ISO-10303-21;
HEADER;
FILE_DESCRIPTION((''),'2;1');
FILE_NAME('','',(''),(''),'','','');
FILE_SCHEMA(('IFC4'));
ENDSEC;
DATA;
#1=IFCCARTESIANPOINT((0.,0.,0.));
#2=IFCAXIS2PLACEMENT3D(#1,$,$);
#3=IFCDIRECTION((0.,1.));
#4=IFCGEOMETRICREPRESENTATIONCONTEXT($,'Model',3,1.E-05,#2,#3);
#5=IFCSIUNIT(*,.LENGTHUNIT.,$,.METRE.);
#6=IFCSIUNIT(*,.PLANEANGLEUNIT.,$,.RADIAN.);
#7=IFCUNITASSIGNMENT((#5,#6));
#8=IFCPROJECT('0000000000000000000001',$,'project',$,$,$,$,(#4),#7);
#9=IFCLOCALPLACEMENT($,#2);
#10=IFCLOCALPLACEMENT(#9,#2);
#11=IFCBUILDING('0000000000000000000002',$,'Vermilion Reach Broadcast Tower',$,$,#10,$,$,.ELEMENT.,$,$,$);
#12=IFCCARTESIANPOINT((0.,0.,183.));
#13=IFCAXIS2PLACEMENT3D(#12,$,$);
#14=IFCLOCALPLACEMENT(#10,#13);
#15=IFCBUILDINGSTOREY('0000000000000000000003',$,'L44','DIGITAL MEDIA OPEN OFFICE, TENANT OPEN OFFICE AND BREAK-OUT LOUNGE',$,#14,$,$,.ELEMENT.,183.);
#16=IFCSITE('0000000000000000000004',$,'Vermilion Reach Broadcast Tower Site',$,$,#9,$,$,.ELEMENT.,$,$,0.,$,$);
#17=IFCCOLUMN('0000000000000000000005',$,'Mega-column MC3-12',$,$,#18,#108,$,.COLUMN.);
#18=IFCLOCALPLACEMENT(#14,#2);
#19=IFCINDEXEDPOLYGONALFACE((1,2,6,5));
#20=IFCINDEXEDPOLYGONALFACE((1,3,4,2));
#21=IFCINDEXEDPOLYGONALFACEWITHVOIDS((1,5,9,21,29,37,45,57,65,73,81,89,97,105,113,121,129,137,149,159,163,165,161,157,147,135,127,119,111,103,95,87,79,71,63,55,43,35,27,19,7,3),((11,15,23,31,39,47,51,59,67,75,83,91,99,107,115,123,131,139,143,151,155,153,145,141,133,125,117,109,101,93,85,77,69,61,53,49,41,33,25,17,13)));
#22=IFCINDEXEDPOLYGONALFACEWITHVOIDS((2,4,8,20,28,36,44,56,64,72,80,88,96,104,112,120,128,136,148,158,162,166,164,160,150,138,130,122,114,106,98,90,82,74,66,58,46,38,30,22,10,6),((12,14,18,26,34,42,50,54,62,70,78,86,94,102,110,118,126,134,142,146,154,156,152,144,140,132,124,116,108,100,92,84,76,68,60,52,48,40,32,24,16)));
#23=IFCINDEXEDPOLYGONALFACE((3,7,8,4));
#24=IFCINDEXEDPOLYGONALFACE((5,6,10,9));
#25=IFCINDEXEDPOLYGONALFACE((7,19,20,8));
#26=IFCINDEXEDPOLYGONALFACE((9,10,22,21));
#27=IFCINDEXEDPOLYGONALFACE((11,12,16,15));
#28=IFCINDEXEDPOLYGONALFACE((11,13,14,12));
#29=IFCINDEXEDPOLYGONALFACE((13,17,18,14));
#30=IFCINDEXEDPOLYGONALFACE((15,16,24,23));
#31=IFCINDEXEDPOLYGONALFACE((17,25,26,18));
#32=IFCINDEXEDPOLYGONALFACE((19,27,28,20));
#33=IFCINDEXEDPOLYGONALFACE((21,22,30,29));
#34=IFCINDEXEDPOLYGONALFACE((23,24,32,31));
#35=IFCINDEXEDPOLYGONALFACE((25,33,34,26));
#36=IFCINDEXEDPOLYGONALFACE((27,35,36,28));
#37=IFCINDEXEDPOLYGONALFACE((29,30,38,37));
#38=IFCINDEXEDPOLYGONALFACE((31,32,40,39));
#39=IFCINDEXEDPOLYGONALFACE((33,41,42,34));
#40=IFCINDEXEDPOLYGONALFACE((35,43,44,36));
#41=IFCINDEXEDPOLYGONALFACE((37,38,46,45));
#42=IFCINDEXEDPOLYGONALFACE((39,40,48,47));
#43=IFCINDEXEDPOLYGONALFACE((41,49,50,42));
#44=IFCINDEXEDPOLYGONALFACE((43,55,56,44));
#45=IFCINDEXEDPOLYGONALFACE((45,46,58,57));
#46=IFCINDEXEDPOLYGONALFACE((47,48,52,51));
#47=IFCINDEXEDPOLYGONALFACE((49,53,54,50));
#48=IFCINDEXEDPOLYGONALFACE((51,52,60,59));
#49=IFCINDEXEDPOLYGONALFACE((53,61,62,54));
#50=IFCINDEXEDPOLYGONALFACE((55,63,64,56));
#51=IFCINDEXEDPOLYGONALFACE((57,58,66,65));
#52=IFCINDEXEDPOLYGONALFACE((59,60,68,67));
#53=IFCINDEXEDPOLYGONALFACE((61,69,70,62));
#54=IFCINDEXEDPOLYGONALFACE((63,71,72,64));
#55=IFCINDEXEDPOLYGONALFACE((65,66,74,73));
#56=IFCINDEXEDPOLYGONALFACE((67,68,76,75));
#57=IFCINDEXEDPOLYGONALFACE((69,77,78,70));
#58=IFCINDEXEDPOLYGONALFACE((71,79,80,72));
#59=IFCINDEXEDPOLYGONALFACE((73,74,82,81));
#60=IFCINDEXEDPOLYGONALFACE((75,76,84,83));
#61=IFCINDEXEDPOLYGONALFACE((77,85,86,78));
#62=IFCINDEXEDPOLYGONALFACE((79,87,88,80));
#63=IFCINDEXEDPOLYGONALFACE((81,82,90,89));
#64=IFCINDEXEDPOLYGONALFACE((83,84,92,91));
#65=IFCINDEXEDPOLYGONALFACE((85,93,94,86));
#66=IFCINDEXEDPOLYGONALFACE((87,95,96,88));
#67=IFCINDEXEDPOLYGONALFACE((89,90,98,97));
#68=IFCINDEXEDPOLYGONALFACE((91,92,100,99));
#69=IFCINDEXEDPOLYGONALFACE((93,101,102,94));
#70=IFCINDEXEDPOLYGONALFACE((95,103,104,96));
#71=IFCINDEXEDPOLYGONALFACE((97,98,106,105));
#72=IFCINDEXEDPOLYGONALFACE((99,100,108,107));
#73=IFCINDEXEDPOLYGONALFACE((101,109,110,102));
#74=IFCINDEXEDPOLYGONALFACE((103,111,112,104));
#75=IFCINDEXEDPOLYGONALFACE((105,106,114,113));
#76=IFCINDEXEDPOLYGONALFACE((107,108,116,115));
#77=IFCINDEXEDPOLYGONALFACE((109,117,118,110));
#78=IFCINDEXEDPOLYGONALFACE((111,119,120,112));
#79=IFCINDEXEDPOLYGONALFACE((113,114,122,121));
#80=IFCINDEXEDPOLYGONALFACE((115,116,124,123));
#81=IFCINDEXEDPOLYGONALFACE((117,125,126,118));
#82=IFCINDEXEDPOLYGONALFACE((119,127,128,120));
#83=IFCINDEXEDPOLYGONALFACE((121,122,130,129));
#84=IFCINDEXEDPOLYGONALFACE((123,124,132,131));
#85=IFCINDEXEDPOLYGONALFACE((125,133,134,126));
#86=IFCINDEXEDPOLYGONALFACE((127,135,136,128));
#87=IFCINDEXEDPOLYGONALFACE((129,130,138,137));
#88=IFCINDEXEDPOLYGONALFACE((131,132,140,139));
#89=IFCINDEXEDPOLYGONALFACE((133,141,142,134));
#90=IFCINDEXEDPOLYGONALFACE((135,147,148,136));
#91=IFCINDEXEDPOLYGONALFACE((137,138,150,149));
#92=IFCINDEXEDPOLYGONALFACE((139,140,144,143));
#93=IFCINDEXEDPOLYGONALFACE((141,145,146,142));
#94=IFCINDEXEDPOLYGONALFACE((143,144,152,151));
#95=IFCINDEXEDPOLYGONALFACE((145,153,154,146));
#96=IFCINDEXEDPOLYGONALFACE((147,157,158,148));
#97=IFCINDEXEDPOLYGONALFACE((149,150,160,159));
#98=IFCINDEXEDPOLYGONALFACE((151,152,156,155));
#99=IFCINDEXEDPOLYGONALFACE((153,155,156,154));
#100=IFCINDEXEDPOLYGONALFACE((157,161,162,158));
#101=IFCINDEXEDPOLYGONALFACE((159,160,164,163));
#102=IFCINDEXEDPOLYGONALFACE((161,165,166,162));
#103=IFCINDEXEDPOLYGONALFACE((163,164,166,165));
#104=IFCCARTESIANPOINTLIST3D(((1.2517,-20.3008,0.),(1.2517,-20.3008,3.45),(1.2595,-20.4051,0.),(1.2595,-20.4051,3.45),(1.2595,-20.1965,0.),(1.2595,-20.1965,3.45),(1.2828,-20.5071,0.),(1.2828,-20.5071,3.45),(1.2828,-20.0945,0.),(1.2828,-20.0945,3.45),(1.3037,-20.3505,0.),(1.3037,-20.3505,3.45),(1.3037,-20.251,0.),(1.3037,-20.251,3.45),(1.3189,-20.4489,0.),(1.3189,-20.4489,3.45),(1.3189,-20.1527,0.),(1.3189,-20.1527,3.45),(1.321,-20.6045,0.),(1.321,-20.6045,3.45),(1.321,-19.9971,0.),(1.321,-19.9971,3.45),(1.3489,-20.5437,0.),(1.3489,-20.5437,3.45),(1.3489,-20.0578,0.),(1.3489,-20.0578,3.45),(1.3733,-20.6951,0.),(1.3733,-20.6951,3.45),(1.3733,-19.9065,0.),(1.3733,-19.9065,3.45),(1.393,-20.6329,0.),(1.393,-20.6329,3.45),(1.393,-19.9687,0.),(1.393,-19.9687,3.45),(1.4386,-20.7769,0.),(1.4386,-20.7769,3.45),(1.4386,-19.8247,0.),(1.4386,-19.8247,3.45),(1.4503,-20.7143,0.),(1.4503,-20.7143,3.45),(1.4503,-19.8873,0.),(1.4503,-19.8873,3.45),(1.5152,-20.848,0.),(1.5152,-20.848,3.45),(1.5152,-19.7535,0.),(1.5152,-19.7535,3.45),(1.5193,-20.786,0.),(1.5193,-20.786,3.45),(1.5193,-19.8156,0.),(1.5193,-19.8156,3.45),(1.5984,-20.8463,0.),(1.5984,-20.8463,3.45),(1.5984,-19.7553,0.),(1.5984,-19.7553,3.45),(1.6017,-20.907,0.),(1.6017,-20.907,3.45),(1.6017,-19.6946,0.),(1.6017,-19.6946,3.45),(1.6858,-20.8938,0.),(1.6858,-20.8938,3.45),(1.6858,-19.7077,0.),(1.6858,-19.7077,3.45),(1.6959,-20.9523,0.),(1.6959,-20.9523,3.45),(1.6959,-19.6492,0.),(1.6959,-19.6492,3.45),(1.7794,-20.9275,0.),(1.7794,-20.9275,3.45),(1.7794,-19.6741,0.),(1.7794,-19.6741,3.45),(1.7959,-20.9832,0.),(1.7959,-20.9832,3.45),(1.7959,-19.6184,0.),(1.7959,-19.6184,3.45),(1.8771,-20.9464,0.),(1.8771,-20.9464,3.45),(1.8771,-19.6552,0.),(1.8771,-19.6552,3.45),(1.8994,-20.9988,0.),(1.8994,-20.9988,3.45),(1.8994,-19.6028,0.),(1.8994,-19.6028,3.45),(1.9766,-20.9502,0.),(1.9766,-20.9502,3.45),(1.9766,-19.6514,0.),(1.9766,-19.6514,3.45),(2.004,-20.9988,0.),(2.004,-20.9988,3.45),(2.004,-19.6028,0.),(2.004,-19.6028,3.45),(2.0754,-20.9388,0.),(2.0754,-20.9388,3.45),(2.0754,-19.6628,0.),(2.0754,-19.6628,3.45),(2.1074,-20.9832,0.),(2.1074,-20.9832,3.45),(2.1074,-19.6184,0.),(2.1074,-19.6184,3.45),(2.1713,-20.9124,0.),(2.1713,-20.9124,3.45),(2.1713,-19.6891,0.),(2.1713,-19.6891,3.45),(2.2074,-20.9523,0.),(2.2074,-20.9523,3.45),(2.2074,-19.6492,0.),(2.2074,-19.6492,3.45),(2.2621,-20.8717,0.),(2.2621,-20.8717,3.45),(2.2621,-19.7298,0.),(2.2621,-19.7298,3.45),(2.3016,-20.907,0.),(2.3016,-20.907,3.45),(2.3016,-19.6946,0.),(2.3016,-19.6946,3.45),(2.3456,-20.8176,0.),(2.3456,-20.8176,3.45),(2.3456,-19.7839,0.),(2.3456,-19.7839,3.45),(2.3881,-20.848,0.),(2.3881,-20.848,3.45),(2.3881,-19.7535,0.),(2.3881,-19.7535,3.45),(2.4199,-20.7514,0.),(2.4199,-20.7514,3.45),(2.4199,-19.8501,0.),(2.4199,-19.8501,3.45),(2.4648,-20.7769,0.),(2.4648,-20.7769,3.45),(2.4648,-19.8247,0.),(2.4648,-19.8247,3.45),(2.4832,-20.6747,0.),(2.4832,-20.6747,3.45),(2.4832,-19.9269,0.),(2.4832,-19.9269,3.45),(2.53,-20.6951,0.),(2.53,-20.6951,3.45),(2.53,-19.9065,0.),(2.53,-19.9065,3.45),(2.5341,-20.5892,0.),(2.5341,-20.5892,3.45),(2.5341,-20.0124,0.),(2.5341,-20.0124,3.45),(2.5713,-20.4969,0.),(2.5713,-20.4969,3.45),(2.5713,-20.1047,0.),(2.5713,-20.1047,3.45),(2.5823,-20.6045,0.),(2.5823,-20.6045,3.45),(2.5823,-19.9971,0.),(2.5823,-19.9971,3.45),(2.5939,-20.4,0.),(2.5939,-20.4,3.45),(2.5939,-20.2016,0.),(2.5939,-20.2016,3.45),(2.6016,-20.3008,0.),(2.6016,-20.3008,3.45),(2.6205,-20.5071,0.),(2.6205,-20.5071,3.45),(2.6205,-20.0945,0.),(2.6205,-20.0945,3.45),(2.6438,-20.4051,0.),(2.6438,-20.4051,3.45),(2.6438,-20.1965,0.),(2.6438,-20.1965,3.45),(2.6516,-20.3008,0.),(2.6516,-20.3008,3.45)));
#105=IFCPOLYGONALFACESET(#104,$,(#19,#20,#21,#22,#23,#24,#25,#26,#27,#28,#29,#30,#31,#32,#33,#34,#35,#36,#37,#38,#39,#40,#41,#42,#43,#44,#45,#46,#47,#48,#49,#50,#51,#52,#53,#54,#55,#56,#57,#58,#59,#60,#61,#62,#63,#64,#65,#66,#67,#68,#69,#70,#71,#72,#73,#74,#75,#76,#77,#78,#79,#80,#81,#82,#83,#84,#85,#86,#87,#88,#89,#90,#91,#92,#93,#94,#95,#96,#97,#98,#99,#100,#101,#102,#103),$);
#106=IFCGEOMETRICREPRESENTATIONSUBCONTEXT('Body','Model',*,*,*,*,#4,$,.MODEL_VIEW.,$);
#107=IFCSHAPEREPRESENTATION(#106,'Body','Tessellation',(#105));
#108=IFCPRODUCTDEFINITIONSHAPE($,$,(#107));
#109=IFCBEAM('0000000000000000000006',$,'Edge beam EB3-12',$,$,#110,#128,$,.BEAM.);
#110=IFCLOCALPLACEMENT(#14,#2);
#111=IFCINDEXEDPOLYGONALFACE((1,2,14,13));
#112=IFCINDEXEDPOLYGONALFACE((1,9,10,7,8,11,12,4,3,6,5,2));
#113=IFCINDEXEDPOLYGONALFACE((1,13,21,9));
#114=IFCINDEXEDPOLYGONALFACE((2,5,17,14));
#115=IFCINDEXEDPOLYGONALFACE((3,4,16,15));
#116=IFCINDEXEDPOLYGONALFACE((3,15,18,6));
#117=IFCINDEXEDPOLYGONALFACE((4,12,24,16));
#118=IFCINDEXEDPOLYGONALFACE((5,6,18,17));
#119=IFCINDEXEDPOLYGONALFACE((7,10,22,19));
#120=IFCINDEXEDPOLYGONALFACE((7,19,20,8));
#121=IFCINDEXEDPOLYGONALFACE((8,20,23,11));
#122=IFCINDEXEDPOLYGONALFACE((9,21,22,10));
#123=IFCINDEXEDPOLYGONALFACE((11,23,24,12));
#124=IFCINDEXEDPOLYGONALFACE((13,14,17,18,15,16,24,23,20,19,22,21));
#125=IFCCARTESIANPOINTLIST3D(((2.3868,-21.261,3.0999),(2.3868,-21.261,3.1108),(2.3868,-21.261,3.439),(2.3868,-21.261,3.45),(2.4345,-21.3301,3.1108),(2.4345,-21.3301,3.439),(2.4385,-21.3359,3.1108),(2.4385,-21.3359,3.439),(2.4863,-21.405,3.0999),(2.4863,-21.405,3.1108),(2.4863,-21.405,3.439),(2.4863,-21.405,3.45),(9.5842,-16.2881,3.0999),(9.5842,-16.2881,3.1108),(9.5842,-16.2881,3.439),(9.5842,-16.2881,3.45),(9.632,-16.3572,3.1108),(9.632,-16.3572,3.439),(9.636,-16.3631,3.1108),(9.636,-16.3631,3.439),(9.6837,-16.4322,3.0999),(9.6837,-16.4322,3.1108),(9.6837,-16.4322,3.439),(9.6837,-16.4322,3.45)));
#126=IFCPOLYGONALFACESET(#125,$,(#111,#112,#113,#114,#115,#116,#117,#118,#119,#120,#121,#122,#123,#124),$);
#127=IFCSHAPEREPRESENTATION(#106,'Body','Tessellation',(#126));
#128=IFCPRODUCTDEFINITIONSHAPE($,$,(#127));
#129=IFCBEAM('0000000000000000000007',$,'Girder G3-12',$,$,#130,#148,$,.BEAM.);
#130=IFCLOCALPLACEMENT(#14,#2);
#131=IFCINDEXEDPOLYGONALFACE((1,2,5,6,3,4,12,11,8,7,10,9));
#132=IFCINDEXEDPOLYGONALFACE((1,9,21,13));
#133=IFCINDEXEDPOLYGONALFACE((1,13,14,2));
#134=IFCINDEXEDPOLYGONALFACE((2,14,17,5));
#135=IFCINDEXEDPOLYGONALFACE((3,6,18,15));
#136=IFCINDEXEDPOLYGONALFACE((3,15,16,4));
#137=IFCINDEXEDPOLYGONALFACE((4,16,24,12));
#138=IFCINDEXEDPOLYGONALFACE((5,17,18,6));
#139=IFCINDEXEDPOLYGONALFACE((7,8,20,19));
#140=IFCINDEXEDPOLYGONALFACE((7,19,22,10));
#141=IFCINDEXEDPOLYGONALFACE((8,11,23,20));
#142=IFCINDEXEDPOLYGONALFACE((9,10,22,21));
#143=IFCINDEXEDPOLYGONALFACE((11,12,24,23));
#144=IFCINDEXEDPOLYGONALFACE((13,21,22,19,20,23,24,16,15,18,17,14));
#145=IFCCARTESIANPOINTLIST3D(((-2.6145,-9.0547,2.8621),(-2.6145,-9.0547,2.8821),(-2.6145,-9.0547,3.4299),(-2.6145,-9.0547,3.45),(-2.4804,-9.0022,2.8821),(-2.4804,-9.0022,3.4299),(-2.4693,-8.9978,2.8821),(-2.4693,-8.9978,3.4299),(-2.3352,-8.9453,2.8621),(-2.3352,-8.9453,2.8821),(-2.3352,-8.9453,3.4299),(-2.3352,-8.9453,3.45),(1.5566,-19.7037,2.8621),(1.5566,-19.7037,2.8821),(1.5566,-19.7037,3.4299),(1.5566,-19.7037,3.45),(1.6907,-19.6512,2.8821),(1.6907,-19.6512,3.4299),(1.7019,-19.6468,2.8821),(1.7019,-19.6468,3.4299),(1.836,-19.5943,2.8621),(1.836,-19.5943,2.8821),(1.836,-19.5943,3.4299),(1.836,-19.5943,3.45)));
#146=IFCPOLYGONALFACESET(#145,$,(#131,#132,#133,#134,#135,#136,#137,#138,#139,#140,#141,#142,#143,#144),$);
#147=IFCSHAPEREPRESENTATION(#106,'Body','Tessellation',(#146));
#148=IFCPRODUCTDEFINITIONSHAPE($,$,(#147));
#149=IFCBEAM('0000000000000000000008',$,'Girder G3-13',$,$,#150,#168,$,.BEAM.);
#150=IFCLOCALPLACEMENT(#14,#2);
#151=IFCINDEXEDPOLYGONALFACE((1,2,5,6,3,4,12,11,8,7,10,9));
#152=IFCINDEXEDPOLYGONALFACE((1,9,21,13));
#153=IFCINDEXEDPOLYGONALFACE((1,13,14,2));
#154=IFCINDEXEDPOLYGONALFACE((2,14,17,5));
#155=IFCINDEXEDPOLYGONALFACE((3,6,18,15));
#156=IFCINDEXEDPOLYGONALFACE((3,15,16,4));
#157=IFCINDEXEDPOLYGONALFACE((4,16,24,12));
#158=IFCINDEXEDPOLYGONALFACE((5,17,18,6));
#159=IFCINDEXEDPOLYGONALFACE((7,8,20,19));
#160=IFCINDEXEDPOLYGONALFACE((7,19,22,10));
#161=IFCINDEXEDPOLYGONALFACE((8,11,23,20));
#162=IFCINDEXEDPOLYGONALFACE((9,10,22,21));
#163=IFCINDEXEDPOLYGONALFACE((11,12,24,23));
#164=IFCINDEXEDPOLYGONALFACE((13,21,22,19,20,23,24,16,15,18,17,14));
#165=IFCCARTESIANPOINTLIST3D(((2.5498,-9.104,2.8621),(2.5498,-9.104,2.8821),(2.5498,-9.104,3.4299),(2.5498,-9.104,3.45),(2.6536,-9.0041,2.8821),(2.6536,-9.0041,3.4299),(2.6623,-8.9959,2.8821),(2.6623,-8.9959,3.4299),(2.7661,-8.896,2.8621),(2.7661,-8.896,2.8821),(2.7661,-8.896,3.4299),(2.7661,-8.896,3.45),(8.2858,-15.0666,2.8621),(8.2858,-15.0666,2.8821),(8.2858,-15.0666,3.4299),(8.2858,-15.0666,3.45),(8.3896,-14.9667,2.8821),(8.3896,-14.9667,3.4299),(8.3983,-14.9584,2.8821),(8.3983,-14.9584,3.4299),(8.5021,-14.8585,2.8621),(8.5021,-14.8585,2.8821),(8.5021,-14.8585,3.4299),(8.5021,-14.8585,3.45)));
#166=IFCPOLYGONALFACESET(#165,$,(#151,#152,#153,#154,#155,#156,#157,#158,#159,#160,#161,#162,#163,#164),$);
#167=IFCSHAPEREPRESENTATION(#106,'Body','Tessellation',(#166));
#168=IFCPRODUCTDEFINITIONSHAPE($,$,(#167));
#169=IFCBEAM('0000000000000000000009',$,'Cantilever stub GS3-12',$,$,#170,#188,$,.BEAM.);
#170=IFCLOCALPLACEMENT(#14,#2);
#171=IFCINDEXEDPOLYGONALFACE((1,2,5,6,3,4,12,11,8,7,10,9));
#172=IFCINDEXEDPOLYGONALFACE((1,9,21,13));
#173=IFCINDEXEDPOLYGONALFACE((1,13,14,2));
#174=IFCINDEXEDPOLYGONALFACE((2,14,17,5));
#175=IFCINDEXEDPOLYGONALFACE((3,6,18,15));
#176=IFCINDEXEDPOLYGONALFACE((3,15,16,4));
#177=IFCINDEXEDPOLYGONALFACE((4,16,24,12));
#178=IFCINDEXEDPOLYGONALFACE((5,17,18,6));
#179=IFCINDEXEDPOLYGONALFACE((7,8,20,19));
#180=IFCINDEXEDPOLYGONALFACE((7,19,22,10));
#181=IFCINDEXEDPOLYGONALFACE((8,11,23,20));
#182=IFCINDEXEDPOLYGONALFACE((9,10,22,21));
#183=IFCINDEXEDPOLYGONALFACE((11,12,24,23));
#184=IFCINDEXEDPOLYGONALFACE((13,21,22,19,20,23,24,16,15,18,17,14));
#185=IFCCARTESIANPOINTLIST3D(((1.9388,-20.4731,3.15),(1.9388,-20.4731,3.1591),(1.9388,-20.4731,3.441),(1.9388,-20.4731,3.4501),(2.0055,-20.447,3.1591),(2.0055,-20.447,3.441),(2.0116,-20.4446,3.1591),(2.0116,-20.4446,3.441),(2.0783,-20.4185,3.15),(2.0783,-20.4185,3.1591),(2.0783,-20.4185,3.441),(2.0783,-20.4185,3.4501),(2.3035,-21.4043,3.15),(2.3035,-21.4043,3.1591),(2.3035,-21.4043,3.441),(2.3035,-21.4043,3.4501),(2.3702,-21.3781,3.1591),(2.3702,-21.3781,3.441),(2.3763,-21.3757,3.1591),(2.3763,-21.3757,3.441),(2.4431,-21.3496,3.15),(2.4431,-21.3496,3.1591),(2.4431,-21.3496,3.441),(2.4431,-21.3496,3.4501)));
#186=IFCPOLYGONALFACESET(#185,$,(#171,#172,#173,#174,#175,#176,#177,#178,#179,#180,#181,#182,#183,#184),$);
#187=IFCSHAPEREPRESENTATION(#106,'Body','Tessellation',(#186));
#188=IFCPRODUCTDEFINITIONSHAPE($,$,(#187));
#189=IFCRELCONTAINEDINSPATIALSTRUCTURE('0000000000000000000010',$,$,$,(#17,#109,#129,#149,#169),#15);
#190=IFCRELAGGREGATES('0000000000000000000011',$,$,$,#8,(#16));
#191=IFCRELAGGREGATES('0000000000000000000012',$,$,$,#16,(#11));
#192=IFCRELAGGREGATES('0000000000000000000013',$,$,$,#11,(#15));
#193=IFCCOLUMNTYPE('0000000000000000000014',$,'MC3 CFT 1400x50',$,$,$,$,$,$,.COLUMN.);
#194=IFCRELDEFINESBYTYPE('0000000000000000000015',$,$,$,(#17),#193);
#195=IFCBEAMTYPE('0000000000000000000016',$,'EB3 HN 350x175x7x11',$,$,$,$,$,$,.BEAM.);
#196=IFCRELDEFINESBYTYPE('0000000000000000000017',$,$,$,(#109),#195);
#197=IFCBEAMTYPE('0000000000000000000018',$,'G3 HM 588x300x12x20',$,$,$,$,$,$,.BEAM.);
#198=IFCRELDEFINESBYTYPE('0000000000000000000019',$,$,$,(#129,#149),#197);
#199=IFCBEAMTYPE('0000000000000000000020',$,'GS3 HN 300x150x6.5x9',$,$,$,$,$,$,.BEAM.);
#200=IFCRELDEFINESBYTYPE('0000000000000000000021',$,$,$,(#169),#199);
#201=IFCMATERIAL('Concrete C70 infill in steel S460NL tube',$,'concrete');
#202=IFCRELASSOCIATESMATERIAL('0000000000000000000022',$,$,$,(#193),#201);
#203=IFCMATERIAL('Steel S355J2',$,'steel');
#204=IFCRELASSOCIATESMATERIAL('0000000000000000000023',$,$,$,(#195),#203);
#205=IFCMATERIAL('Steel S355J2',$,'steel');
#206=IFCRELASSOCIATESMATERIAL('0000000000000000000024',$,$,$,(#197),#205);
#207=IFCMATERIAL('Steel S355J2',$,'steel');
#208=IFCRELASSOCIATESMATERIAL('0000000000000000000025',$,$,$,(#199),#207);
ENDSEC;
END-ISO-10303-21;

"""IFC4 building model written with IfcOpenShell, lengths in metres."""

from ifc_helpers import new_model, si_unit, direction, frame, origin, origin_2d, place, context, subcontext, project, spatial, hollow_circle, i_section, extrude, material, material_profile, profile_set, type_object, element, save


model = new_model("IFC4")

# Units and contexts
model_context = context("Model", 3, precision=1e-05, world=origin(), true_north=direction((0.0, 1.0)))
body_context = subcontext(model_context, "Body", "Model", "MODEL_VIEW")
ifc_project = project(units=[si_unit("LENGTHUNIT", "METRE"), si_unit("PLANEANGLEUNIT", "RADIAN")], contexts=[model_context])

# Site, building, storey
site_placement = place(None, origin())
site = spatial("IfcSite", under=ifc_project, at=site_placement, Name="Vermilion Reach Broadcast Tower Site", CompositionType="ELEMENT", RefElevation=0.0)
building_placement = place(site_placement, origin())
building = spatial("IfcBuilding", under=site, at=building_placement, Name="Vermilion Reach Broadcast Tower", CompositionType="ELEMENT")
storey_placement = place(building_placement, frame((0.0, 0.0, 183.0)))
storey = spatial("IfcBuildingStorey", under=building, at=storey_placement, Name="L44", Description="DIGITAL MEDIA OPEN OFFICE, TENANT OPEN OFFICE AND BREAK-OUT LOUNGE", CompositionType="ELEMENT", Elevation=183.0)

# Column
ifc_material_1 = material(Name="Concrete C70 infill in steel S460NL tube", Category="concrete")
ifc_material_profile_1 = material_profile(ifc_material_1, hollow_circle(Radius=0.7, WallThickness=0.05, at=origin_2d()), Name="Concrete C70 infill in steel S460NL tube CFT 1400x50")
ifc_profile_set_1 = profile_set([ifc_material_profile_1], Name="Concrete C70 infill in steel S460NL tube")
column_type = type_object("IfcColumnType", Name="MC3 CFT 1400x50", PredefinedType="COLUMN", material=ifc_profile_set_1)
column_placement = place(storey_placement, frame((1.9517, -20.3008, 0.0), z_axis=(0.0, 0.0, 1.0), x_axis=(1.0, 0.0, 0.0)))
element("IfcColumn", 1, at=column_placement, inside=storey, type_object=column_type, Name="Mega-column MC3-12", PredefinedType="COLUMN", context=body_context, shape_type="SweptSolid", body=[
    extrude(hollow_circle(Radius=0.7, WallThickness=0.05, at=origin_2d()), origin(), (0.0, 0.0, 1.0), 3.45),
])

# Beams
ifc_material_2 = material(Name="Steel S355J2", Category="steel")
ifc_material_profile_2 = material_profile(ifc_material_2, i_section(OverallWidth=0.175, OverallDepth=0.3501, WebThickness=0.0071, FlangeThickness=0.011, at=origin_2d()), Name="S355J2 HN 350x175x7x11")
ifc_profile_set_2 = profile_set([ifc_material_profile_2], Name="Steel S355J2")
beam_type_1 = type_object("IfcBeamType", Name="EB3 HN 350x175x7x11", PredefinedType="BEAM", material=ifc_profile_set_2)
beam_1_placement = place(storey_placement, frame((2.4365, -21.333, 3.2749), z_axis=(0.822726, 0.568438, 0.0), x_axis=(-0.568438, 0.822726, 0.0)))
element("IfcBeam", 2, at=beam_1_placement, inside=storey, type_object=beam_type_1, Name="Edge beam EB3-12", PredefinedType="BEAM", context=body_context, shape_type="SweptSolid", body=[
    extrude(i_section(OverallWidth=0.175, OverallDepth=0.3501, WebThickness=0.0071, FlangeThickness=0.011, at=origin_2d()), origin(), (0.0, 0.0, 1.0), 8.7483),
])
ifc_material_3 = material(Name="Steel S355J2", Category="steel")
ifc_material_profile_3 = material_profile(ifc_material_3, i_section(OverallWidth=0.3, OverallDepth=0.5879, WebThickness=0.012, FlangeThickness=0.02, at=origin_2d()), Name="S355J2 HM 588x300x12x20")
ifc_profile_set_3 = profile_set([ifc_material_profile_3], Name="Steel S355J2")
beam_type_2 = type_object("IfcBeamType", Name="G3 HM 588x300x12x20", PredefinedType="BEAM", material=ifc_profile_set_3)
beam_2_placement = place(storey_placement, frame((-2.4749, -9.0, 3.156), z_axis=(0.364716, -0.931119, 0.0), x_axis=(0.931119, 0.364716, 0.0)))
element("IfcBeam", 3, at=beam_2_placement, inside=storey, type_object=beam_type_2, Name="Girder G3-12", PredefinedType="BEAM", context=body_context, shape_type="SweptSolid", body=[
    extrude(i_section(OverallWidth=0.3, OverallDepth=0.5879, WebThickness=0.012, FlangeThickness=0.02, at=origin_2d()), origin(), (0.0, 0.0, 1.0), 11.4368),
])
beam_3_placement = place(storey_placement, frame((2.658, -9.0, 3.156), z_axis=(0.693283, -0.720666, 0.0), x_axis=(0.720666, 0.693283, 0.0)))
element("IfcBeam", 4, at=beam_3_placement, inside=storey, type_object=beam_type_2, Name="Girder G3-13", PredefinedType="BEAM", context=body_context, shape_type="SweptSolid", body=[
    extrude(i_section(OverallWidth=0.3, OverallDepth=0.5879, WebThickness=0.012, FlangeThickness=0.02, at=origin_2d()), origin(), (0.0, 0.0, 1.0), 8.2737),
])
ifc_material_4 = material(Name="Steel S355J2", Category="steel")
ifc_material_profile_4 = material_profile(ifc_material_4, i_section(OverallWidth=0.1499, OverallDepth=0.3, WebThickness=0.0066, FlangeThickness=0.009, at=origin_2d()), Name="S355J2 HN 300x150x6.5x9")
ifc_profile_set_4 = profile_set([ifc_material_profile_4], Name="Steel S355J2")
beam_type_3 = type_object("IfcBeamType", Name="GS3 HN 300x150x6.5x9", PredefinedType="BEAM", material=ifc_profile_set_4)
beam_4_placement = place(storey_placement, frame((2.0085, -20.4458, 3.3), z_axis=(0.364731, -0.931113, 0.0), x_axis=(0.931113, 0.364731, 0.0)))
element("IfcBeam", 5, at=beam_4_placement, inside=storey, type_object=beam_type_3, Name="Cantilever stub GS3-12", PredefinedType="BEAM", context=body_context, shape_type="SweptSolid", body=[
    extrude(i_section(OverallWidth=0.1499, OverallDepth=0.3, WebThickness=0.0066, FlangeThickness=0.009, at=origin_2d()), origin(), (0.0, 0.0, 1.0), 1.0),
])

save(model, "model.ifc")
